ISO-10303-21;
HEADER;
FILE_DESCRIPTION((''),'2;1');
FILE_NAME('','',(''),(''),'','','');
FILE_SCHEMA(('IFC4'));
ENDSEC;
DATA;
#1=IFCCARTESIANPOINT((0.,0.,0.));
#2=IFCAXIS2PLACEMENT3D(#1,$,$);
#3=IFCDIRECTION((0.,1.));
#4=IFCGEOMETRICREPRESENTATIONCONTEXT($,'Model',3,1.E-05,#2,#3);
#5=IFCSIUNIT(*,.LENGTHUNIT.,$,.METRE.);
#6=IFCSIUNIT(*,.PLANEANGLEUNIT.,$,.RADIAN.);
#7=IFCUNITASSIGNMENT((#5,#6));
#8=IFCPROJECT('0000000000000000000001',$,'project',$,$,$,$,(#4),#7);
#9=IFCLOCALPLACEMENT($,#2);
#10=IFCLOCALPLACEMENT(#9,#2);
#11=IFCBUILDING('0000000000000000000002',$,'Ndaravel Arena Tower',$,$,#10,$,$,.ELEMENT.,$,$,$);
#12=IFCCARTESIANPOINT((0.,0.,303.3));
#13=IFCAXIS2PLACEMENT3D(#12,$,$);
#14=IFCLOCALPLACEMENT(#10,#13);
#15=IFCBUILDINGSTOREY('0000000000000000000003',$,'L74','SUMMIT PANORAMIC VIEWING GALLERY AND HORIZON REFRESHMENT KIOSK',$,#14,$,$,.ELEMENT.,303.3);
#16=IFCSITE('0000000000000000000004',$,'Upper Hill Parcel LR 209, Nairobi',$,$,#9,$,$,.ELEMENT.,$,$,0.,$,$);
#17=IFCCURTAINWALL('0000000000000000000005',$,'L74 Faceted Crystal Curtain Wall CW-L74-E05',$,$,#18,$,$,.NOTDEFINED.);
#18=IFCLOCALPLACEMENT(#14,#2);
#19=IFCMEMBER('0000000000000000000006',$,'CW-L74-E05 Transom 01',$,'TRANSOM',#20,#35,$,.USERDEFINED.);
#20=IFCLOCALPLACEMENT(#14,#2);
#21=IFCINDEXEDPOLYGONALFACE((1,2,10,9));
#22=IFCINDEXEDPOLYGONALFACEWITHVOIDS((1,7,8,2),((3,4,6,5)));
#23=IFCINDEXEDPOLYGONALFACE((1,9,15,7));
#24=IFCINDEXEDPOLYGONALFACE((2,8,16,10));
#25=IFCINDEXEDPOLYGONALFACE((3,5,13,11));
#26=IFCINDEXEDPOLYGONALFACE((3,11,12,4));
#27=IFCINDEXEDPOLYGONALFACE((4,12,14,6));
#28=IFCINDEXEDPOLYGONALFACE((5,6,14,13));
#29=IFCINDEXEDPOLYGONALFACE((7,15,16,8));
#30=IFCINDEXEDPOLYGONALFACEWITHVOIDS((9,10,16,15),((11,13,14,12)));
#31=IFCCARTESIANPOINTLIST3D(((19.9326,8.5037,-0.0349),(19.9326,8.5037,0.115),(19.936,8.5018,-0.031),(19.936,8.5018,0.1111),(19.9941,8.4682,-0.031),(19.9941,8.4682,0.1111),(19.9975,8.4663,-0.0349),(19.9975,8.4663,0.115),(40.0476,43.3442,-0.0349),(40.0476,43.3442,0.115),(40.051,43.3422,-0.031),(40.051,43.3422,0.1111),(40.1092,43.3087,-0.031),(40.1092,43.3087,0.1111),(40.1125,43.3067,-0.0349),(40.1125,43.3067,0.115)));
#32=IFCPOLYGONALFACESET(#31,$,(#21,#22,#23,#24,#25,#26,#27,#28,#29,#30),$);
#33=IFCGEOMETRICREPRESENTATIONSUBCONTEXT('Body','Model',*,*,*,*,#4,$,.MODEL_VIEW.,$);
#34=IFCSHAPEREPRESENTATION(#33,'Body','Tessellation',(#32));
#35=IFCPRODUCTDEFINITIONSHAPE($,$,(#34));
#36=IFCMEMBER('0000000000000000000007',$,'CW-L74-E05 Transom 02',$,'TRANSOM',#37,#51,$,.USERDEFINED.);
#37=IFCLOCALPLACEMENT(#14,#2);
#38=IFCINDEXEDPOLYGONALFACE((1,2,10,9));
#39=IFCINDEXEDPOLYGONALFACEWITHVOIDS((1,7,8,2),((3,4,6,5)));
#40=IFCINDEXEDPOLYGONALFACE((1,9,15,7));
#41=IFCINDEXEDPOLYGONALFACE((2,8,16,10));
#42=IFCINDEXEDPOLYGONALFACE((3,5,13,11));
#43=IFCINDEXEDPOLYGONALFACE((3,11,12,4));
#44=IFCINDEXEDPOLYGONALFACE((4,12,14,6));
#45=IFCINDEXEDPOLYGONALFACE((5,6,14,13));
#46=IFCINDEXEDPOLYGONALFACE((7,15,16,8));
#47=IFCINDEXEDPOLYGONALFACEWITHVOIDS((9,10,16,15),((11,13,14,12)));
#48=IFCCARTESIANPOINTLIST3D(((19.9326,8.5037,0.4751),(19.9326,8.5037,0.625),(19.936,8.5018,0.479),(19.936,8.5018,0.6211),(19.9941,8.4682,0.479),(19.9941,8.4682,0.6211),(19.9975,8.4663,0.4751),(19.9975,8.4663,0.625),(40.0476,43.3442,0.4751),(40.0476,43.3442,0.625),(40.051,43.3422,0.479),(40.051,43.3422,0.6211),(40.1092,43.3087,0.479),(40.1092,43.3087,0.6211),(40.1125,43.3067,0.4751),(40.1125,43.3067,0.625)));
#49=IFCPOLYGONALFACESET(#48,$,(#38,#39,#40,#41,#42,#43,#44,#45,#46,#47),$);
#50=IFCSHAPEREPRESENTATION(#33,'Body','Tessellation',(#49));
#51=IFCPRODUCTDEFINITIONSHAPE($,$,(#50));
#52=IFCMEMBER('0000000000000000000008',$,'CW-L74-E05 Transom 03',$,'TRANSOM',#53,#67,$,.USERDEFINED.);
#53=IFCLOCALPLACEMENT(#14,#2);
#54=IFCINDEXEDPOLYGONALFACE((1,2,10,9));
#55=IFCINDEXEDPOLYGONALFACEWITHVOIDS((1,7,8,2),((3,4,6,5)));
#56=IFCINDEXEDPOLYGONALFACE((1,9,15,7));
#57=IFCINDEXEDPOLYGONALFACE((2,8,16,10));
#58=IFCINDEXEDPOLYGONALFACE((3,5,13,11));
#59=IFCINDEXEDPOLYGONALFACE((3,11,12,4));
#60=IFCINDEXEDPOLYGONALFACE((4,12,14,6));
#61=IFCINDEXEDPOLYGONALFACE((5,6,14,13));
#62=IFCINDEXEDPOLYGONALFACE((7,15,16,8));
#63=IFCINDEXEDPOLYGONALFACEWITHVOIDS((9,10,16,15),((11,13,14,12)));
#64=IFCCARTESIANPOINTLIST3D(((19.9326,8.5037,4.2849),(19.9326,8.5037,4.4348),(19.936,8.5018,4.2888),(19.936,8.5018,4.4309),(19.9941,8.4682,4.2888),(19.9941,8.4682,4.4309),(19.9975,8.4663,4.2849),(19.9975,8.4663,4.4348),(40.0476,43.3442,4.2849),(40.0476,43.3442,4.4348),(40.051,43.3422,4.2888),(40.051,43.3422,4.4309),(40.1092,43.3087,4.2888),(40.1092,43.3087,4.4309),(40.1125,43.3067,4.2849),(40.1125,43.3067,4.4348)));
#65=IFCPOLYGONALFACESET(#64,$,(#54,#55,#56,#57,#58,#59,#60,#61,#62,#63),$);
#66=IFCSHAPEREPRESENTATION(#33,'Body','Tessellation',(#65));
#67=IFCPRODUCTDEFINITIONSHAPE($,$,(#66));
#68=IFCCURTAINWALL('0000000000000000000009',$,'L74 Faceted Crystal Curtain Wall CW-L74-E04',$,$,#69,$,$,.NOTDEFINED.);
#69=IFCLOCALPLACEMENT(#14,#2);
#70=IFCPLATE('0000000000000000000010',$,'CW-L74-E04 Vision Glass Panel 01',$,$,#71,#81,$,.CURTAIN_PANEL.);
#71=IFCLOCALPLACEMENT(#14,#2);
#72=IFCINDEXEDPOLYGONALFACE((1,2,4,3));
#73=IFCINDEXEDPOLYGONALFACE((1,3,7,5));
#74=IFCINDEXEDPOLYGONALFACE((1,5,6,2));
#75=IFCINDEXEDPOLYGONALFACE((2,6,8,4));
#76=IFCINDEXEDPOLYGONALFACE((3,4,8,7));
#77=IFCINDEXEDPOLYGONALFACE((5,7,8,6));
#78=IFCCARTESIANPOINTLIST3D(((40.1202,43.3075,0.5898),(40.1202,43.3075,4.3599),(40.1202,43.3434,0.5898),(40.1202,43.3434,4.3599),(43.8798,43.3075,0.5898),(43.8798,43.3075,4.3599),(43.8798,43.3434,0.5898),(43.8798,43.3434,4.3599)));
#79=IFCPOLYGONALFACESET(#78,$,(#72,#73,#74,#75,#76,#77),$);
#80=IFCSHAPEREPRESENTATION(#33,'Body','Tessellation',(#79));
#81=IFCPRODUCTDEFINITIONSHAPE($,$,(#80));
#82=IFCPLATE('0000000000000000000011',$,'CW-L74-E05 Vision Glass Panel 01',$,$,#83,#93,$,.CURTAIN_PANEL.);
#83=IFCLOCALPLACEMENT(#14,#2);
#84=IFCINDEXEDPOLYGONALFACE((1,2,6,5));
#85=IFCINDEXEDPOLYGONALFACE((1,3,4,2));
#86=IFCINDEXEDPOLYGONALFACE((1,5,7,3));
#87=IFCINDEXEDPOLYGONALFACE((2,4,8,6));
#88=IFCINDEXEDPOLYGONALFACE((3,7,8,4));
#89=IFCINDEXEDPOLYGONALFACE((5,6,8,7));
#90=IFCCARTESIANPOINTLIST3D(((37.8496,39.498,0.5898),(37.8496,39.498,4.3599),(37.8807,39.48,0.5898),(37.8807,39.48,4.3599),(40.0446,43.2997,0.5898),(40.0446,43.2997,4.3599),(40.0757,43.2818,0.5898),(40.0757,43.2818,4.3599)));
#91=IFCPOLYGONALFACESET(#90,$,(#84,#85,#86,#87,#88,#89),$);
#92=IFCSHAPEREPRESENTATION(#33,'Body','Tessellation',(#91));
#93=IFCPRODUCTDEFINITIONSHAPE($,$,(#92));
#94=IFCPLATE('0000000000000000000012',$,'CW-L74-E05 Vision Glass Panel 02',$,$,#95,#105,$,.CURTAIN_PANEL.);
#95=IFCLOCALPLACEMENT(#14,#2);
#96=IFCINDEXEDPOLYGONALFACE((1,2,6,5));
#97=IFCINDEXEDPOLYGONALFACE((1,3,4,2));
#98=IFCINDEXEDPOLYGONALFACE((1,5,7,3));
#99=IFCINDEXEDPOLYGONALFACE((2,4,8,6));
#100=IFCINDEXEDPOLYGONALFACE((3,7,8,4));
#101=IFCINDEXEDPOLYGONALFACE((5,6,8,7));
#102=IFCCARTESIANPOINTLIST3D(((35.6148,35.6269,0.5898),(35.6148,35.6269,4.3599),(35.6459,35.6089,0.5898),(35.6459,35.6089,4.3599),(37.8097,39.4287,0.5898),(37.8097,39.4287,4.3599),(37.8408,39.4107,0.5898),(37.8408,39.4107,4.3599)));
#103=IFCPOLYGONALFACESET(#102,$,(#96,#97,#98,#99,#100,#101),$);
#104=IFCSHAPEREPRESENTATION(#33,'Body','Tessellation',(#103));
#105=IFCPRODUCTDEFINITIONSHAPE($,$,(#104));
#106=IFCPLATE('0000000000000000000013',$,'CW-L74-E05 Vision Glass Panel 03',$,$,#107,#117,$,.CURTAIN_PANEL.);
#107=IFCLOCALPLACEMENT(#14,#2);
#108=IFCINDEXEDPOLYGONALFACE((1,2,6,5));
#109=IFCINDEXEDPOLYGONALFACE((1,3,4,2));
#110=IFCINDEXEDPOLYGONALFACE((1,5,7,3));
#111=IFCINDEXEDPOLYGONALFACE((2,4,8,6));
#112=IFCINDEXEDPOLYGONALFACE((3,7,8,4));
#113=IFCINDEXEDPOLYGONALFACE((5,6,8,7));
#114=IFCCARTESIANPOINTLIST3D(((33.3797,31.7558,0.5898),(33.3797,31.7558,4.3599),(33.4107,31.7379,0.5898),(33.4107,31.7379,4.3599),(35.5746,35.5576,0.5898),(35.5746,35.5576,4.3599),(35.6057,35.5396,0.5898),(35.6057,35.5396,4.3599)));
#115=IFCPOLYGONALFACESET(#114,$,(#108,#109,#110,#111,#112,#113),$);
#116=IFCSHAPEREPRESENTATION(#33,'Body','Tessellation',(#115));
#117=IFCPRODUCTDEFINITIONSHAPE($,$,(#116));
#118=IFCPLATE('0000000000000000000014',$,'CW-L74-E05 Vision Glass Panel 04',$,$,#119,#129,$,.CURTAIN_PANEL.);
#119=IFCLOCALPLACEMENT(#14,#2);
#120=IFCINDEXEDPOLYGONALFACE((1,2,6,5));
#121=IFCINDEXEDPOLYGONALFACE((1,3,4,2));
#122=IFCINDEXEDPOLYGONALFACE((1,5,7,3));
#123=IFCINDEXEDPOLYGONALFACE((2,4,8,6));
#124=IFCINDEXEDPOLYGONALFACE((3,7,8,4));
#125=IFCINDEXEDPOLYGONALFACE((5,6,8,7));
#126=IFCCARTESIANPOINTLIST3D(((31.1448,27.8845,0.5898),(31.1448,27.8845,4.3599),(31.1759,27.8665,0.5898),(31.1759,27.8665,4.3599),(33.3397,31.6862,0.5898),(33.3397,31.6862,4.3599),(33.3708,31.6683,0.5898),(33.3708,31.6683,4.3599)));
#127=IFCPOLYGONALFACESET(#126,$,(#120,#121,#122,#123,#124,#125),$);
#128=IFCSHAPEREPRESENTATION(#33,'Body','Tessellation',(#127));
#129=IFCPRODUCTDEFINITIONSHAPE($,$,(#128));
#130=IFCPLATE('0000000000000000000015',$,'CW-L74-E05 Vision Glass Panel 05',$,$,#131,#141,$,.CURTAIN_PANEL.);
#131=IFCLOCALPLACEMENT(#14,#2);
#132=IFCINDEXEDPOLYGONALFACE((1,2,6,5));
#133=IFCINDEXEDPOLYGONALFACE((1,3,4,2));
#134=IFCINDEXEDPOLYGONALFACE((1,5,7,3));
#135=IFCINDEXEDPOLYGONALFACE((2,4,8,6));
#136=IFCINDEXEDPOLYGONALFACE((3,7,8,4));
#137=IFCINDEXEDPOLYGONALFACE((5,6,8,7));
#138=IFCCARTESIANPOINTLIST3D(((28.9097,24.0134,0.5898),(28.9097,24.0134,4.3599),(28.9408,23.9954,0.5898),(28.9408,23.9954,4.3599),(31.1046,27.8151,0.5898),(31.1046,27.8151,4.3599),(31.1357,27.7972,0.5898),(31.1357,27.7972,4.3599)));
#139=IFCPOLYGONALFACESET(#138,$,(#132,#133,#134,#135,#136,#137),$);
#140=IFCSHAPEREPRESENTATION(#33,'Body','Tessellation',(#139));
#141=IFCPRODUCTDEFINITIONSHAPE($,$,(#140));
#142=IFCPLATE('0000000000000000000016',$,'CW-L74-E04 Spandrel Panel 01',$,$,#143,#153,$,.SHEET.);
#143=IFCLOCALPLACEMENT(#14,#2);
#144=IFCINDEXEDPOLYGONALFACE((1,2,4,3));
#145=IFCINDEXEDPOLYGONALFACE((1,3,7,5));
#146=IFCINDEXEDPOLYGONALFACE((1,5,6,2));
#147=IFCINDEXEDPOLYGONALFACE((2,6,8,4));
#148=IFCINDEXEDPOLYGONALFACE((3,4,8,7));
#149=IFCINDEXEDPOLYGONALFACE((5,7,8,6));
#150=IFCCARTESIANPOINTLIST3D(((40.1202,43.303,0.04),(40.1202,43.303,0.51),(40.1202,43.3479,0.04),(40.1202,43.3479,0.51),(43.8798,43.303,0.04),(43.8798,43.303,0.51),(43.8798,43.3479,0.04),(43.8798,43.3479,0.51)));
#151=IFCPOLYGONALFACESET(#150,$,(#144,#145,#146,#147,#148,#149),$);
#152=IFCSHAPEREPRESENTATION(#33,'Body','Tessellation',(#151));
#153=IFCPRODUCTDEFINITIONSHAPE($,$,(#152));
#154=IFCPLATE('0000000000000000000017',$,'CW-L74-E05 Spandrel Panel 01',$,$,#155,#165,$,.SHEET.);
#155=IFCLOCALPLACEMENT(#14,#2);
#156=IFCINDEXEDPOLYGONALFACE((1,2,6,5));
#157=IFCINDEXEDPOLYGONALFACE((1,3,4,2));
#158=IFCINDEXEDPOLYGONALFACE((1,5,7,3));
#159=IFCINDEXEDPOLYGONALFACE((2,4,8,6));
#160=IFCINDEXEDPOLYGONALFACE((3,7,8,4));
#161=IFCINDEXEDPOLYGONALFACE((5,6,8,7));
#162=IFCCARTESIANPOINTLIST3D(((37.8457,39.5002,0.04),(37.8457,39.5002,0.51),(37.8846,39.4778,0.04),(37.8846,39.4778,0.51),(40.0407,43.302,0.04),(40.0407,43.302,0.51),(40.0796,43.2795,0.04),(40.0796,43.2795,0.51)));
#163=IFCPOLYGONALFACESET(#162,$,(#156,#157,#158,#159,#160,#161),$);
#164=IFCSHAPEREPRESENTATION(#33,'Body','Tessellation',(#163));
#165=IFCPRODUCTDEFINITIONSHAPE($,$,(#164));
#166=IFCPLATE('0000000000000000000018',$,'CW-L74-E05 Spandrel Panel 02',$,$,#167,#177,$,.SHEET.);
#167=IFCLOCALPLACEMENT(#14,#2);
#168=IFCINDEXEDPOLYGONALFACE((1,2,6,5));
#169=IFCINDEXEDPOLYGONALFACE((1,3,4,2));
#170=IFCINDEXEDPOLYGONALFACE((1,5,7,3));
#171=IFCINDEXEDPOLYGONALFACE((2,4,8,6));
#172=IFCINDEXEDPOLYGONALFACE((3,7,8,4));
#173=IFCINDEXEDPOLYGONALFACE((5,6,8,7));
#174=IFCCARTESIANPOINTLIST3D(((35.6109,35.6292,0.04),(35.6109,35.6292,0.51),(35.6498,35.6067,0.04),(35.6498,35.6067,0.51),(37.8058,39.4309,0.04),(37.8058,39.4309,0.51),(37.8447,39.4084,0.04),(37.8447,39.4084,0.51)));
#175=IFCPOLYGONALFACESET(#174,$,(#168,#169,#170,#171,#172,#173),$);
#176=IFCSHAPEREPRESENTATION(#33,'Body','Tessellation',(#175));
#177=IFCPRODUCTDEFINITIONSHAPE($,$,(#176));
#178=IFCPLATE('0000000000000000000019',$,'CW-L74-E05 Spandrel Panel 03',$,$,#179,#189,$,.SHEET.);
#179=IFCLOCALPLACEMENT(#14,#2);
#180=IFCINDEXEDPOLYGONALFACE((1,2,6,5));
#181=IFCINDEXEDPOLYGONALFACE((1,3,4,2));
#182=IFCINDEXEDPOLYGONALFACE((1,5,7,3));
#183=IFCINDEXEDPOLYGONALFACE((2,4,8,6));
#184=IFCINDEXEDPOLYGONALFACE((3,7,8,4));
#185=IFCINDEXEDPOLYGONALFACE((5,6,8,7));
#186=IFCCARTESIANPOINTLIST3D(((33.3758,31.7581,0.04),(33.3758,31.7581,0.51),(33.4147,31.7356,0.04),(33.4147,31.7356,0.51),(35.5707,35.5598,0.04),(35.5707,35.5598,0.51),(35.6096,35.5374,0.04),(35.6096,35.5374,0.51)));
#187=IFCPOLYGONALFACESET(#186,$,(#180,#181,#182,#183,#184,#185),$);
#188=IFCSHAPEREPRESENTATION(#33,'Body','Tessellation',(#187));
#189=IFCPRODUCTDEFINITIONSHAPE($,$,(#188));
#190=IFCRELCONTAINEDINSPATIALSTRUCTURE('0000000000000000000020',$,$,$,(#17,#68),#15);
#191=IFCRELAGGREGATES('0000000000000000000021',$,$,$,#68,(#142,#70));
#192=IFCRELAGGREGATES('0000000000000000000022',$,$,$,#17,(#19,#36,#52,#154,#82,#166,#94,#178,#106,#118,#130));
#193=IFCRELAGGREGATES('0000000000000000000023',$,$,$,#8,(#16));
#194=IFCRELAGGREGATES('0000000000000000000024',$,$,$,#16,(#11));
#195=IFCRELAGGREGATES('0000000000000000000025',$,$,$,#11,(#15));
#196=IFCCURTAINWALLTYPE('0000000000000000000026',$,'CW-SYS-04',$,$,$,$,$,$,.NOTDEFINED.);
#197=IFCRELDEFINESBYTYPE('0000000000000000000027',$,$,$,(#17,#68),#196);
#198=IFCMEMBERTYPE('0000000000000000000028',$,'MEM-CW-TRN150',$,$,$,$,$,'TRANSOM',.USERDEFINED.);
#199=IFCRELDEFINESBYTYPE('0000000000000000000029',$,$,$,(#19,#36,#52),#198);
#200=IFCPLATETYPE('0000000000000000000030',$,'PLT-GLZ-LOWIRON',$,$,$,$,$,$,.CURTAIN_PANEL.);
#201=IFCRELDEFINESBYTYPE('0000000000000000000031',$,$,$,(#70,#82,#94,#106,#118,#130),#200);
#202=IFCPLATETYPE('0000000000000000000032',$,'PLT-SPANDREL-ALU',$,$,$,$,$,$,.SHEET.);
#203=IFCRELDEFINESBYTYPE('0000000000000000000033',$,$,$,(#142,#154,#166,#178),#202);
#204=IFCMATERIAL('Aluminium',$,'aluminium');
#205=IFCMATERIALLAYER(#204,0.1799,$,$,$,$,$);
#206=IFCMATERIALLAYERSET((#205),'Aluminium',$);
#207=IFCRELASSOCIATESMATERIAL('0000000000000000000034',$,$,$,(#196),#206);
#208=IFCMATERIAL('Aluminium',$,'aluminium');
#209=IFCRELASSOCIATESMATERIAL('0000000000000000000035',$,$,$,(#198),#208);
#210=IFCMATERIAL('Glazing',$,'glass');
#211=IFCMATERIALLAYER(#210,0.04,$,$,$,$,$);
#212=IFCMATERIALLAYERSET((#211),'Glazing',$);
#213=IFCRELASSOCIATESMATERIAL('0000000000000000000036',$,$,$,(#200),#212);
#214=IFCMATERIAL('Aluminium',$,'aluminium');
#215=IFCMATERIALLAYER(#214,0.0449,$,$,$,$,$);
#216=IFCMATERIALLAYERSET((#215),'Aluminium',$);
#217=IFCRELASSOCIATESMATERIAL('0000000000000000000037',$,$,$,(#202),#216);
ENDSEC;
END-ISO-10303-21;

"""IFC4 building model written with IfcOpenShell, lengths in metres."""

from ifc_helpers import new_model, si_unit, direction, frame, origin, origin_2d, place, context, subcontext, project, spatial, rectangle, hollow_rectangle, extrude, material, layer, layer_set, material_profile, profile_set, type_object, element, aggregate, save


model = new_model("IFC4")

# Units and contexts
model_context = context("Model", 3, precision=1e-05, world=origin(), true_north=direction((0.0, 1.0)))
body_context = subcontext(model_context, "Body", "Model", "MODEL_VIEW")
ifc_project = project(units=[si_unit("LENGTHUNIT", "METRE"), si_unit("PLANEANGLEUNIT", "RADIAN")], contexts=[model_context])

# Site, building, storey
site_placement = place(None, origin())
site = spatial("IfcSite", under=ifc_project, at=site_placement, Name="Upper Hill Parcel LR 209, Nairobi", CompositionType="ELEMENT", RefElevation=0.0)
building_placement = place(site_placement, origin())
building = spatial("IfcBuilding", under=site, at=building_placement, Name="Ndaravel Arena Tower", CompositionType="ELEMENT")
storey_placement = place(building_placement, frame((0.0, 0.0, 303.3)))
storey = spatial("IfcBuildingStorey", under=building, at=storey_placement, Name="L74", Description="SUMMIT PANORAMIC VIEWING GALLERY AND HORIZON REFRESHMENT KIOSK", CompositionType="ELEMENT", Elevation=303.3)

# Curtain wall, members
ifc_material_1 = material(Name="Aluminium", Category="aluminium")
ifc_layer_1 = layer(ifc_material_1, 0.1799)
ifc_layer_set_1 = layer_set([ifc_layer_1], Name="Aluminium")
curtain_wall_type = type_object("IfcCurtainWallType", Name="CW-SYS-04", PredefinedType="NOTDEFINED", material=ifc_layer_set_1)
curtain_wall_1_placement = place(storey_placement, origin())
curtain_wall_1 = element("IfcCurtainWall", 1, at=curtain_wall_1_placement, inside=storey, type_object=curtain_wall_type, Name="L74 Faceted Crystal Curtain Wall CW-L74-E05", PredefinedType="NOTDEFINED")
ifc_material_2 = material(Name="Aluminium", Category="aluminium")
ifc_material_profile_1 = material_profile(ifc_material_2, hollow_rectangle(XDim=0.075, YDim=0.1499, WallThickness=0.0039, at=origin_2d()), Name="CW TRANSOM 75x150x4")
ifc_profile_set_1 = profile_set([ifc_material_profile_1], Name="Aluminium")
member_type_1 = type_object("IfcMemberType", Name="MEM-CW-TRN150", ElementType="TRANSOM", PredefinedType="USERDEFINED", material=ifc_profile_set_1)
member_1_placement = place(storey_placement, frame((40.0801, 43.3254, 0.04), z_axis=(-0.499998, -0.866026, 0.0), x_axis=(0.866026, -0.499998, 0.0)))
member_1 = element("IfcMember", 2, at=member_1_placement, type_object=member_type_1, Name="CW-L74-E05 Transom 01", ObjectType="TRANSOM", PredefinedType="USERDEFINED", context=body_context, shape_type="SweptSolid", body=[
    extrude(hollow_rectangle(XDim=0.075, YDim=0.1499, WallThickness=0.0039, at=origin_2d()), origin(), (0.0, 0.0, 1.0), 40.2302),
])
member_2_placement = place(storey_placement, frame((40.0801, 43.3254, 0.55), z_axis=(-0.499998, -0.866026, 0.0), x_axis=(0.866026, -0.499998, 0.0)))
member_2 = element("IfcMember", 3, at=member_2_placement, type_object=member_type_1, Name="CW-L74-E05 Transom 02", ObjectType="TRANSOM", PredefinedType="USERDEFINED", context=body_context, shape_type="SweptSolid", body=[
    extrude(hollow_rectangle(XDim=0.075, YDim=0.1499, WallThickness=0.0039, at=origin_2d()), origin(), (0.0, 0.0, 1.0), 40.2302),
])
member_3_placement = place(storey_placement, frame((40.0801, 43.3254, 4.3599), z_axis=(-0.499998, -0.866026, 0.0), x_axis=(0.866026, -0.499998, 0.0)))
member_3 = element("IfcMember", 4, at=member_3_placement, type_object=member_type_1, Name="CW-L74-E05 Transom 03", ObjectType="TRANSOM", PredefinedType="USERDEFINED", context=body_context, shape_type="SweptSolid", body=[
    extrude(hollow_rectangle(XDim=0.075, YDim=0.1499, WallThickness=0.0039, at=origin_2d()), origin(), (0.0, 0.0, 1.0), 40.2302),
])

# Curtain wall, plate
curtain_wall_2_placement = place(storey_placement, origin())
curtain_wall_2 = element("IfcCurtainWall", 5, at=curtain_wall_2_placement, inside=storey, type_object=curtain_wall_type, Name="L74 Faceted Crystal Curtain Wall CW-L74-E04", PredefinedType="NOTDEFINED")
ifc_material_3 = material(Name="Glazing", Category="glass")
ifc_layer_2 = layer(ifc_material_3, 0.04)
ifc_layer_set_2 = layer_set([ifc_layer_2], Name="Glazing")
plate_type_1 = type_object("IfcPlateType", Name="PLT-GLZ-LOWIRON", PredefinedType="CURTAIN_PANEL", material=ifc_layer_set_2)
plate_1_placement = place(storey_placement, frame((42.0, 43.3254, 0.5898), z_axis=(0.0, 0.0, 1.0), x_axis=(-1.0, 0.0, 0.0)))
plate_1 = element("IfcPlate", 6, at=plate_1_placement, type_object=plate_type_1, Name="CW-L74-E04 Vision Glass Panel 01", PredefinedType="CURTAIN_PANEL", context=body_context, shape_type="SweptSolid", body=[
    extrude(rectangle(XDim=3.7595, YDim=0.0359, at=origin_2d()), origin(), (0.0, 0.0, 1.0), 3.77),
])

# Plates
plate_2_placement = place(storey_placement, frame((38.9626, 41.3899, 0.5898), z_axis=(0.0, 0.0, 1.0), x_axis=(-0.5, -0.866025, 0.0)))
plate_2 = element("IfcPlate", 7, at=plate_2_placement, type_object=plate_type_1, Name="CW-L74-E05 Vision Glass Panel 01", PredefinedType="CURTAIN_PANEL", context=body_context, shape_type="SweptSolid", body=[
    extrude(rectangle(XDim=4.3899, YDim=0.0359, at=origin_2d()), origin(), (0.0, 0.0, 1.0), 3.77),
])
plate_3_placement = place(storey_placement, frame((36.7278, 37.5188, 0.5898), z_axis=(0.0, 0.0, 1.0), x_axis=(-0.5, -0.866025, 0.0)))
plate_3 = element("IfcPlate", 8, at=plate_3_placement, type_object=plate_type_1, Name="CW-L74-E05 Vision Glass Panel 02", PredefinedType="CURTAIN_PANEL", context=body_context, shape_type="SweptSolid", body=[
    extrude(rectangle(XDim=4.3899, YDim=0.0359, at=origin_2d()), origin(), (0.0, 0.0, 1.0), 3.77),
])
plate_4_placement = place(storey_placement, frame((34.4927, 33.6477, 0.5898), z_axis=(0.0, 0.0, 1.0), x_axis=(-0.5, -0.866025, 0.0)))
plate_4 = element("IfcPlate", 9, at=plate_4_placement, type_object=plate_type_1, Name="CW-L74-E05 Vision Glass Panel 03", PredefinedType="CURTAIN_PANEL", context=body_context, shape_type="SweptSolid", body=[
    extrude(rectangle(XDim=4.3899, YDim=0.0359, at=origin_2d()), origin(), (0.0, 0.0, 1.0), 3.77),
])
plate_5_placement = place(storey_placement, frame((32.2578, 29.7764, 0.5898), z_axis=(0.0, 0.0, 1.0), x_axis=(-0.5, -0.866025, 0.0)))
plate_5 = element("IfcPlate", 10, at=plate_5_placement, type_object=plate_type_1, Name="CW-L74-E05 Vision Glass Panel 04", PredefinedType="CURTAIN_PANEL", context=body_context, shape_type="SweptSolid", body=[
    extrude(rectangle(XDim=4.3899, YDim=0.0359, at=origin_2d()), origin(), (0.0, 0.0, 1.0), 3.77),
])
plate_6_placement = place(storey_placement, frame((30.0227, 25.9053, 0.5898), z_axis=(0.0, 0.0, 1.0), x_axis=(-0.5, -0.866025, 0.0)))
plate_6 = element("IfcPlate", 11, at=plate_6_placement, type_object=plate_type_1, Name="CW-L74-E05 Vision Glass Panel 05", PredefinedType="CURTAIN_PANEL", context=body_context, shape_type="SweptSolid", body=[
    extrude(rectangle(XDim=4.3899, YDim=0.0359, at=origin_2d()), origin(), (0.0, 0.0, 1.0), 3.77),
])
ifc_material_4 = material(Name="Aluminium", Category="aluminium")
ifc_layer_3 = layer(ifc_material_4, 0.0449)
ifc_layer_set_3 = layer_set([ifc_layer_3], Name="Aluminium")
plate_type_2 = type_object("IfcPlateType", Name="PLT-SPANDREL-ALU", PredefinedType="SHEET", material=ifc_layer_set_3)
plate_7_placement = place(storey_placement, frame((42.0, 43.3254, 0.04), z_axis=(0.0, 0.0, 1.0), x_axis=(-1.0, 0.0, 0.0)))
plate_7 = element("IfcPlate", 12, at=plate_7_placement, type_object=plate_type_2, Name="CW-L74-E04 Spandrel Panel 01", PredefinedType="SHEET", context=body_context, shape_type="SweptSolid", body=[
    extrude(rectangle(XDim=3.7595, YDim=0.0449, at=origin_2d()), origin(), (0.0, 0.0, 1.0), 0.47),
])
aggregate(curtain_wall_2, [plate_7, plate_1])
plate_8_placement = place(storey_placement, frame((38.9626, 41.3899, 0.04), z_axis=(0.0, 0.0, 1.0), x_axis=(-0.5, -0.866025, 0.0)))
plate_8 = element("IfcPlate", 13, at=plate_8_placement, type_object=plate_type_2, Name="CW-L74-E05 Spandrel Panel 01", PredefinedType="SHEET", context=body_context, shape_type="SweptSolid", body=[
    extrude(rectangle(XDim=4.3899, YDim=0.0449, at=origin_2d()), origin(), (0.0, 0.0, 1.0), 0.47),
])
plate_9_placement = place(storey_placement, frame((36.7278, 37.5188, 0.04), z_axis=(0.0, 0.0, 1.0), x_axis=(-0.5, -0.866025, 0.0)))
plate_9 = element("IfcPlate", 14, at=plate_9_placement, type_object=plate_type_2, Name="CW-L74-E05 Spandrel Panel 02", PredefinedType="SHEET", context=body_context, shape_type="SweptSolid", body=[
    extrude(rectangle(XDim=4.3899, YDim=0.0449, at=origin_2d()), origin(), (0.0, 0.0, 1.0), 0.47),
])
plate_10_placement = place(storey_placement, frame((34.4927, 33.6477, 0.04), z_axis=(0.0, 0.0, 1.0), x_axis=(-0.5, -0.866025, 0.0)))
plate_10 = element("IfcPlate", 15, at=plate_10_placement, type_object=plate_type_2, Name="CW-L74-E05 Spandrel Panel 03", PredefinedType="SHEET", context=body_context, shape_type="SweptSolid", body=[
    extrude(rectangle(XDim=4.3899, YDim=0.0449, at=origin_2d()), origin(), (0.0, 0.0, 1.0), 0.47),
])
aggregate(curtain_wall_1, [member_1, member_2, member_3, plate_8, plate_2, plate_9, plate_3, plate_10, plate_4, plate_5, plate_6])

save(model, "model.ifc")
